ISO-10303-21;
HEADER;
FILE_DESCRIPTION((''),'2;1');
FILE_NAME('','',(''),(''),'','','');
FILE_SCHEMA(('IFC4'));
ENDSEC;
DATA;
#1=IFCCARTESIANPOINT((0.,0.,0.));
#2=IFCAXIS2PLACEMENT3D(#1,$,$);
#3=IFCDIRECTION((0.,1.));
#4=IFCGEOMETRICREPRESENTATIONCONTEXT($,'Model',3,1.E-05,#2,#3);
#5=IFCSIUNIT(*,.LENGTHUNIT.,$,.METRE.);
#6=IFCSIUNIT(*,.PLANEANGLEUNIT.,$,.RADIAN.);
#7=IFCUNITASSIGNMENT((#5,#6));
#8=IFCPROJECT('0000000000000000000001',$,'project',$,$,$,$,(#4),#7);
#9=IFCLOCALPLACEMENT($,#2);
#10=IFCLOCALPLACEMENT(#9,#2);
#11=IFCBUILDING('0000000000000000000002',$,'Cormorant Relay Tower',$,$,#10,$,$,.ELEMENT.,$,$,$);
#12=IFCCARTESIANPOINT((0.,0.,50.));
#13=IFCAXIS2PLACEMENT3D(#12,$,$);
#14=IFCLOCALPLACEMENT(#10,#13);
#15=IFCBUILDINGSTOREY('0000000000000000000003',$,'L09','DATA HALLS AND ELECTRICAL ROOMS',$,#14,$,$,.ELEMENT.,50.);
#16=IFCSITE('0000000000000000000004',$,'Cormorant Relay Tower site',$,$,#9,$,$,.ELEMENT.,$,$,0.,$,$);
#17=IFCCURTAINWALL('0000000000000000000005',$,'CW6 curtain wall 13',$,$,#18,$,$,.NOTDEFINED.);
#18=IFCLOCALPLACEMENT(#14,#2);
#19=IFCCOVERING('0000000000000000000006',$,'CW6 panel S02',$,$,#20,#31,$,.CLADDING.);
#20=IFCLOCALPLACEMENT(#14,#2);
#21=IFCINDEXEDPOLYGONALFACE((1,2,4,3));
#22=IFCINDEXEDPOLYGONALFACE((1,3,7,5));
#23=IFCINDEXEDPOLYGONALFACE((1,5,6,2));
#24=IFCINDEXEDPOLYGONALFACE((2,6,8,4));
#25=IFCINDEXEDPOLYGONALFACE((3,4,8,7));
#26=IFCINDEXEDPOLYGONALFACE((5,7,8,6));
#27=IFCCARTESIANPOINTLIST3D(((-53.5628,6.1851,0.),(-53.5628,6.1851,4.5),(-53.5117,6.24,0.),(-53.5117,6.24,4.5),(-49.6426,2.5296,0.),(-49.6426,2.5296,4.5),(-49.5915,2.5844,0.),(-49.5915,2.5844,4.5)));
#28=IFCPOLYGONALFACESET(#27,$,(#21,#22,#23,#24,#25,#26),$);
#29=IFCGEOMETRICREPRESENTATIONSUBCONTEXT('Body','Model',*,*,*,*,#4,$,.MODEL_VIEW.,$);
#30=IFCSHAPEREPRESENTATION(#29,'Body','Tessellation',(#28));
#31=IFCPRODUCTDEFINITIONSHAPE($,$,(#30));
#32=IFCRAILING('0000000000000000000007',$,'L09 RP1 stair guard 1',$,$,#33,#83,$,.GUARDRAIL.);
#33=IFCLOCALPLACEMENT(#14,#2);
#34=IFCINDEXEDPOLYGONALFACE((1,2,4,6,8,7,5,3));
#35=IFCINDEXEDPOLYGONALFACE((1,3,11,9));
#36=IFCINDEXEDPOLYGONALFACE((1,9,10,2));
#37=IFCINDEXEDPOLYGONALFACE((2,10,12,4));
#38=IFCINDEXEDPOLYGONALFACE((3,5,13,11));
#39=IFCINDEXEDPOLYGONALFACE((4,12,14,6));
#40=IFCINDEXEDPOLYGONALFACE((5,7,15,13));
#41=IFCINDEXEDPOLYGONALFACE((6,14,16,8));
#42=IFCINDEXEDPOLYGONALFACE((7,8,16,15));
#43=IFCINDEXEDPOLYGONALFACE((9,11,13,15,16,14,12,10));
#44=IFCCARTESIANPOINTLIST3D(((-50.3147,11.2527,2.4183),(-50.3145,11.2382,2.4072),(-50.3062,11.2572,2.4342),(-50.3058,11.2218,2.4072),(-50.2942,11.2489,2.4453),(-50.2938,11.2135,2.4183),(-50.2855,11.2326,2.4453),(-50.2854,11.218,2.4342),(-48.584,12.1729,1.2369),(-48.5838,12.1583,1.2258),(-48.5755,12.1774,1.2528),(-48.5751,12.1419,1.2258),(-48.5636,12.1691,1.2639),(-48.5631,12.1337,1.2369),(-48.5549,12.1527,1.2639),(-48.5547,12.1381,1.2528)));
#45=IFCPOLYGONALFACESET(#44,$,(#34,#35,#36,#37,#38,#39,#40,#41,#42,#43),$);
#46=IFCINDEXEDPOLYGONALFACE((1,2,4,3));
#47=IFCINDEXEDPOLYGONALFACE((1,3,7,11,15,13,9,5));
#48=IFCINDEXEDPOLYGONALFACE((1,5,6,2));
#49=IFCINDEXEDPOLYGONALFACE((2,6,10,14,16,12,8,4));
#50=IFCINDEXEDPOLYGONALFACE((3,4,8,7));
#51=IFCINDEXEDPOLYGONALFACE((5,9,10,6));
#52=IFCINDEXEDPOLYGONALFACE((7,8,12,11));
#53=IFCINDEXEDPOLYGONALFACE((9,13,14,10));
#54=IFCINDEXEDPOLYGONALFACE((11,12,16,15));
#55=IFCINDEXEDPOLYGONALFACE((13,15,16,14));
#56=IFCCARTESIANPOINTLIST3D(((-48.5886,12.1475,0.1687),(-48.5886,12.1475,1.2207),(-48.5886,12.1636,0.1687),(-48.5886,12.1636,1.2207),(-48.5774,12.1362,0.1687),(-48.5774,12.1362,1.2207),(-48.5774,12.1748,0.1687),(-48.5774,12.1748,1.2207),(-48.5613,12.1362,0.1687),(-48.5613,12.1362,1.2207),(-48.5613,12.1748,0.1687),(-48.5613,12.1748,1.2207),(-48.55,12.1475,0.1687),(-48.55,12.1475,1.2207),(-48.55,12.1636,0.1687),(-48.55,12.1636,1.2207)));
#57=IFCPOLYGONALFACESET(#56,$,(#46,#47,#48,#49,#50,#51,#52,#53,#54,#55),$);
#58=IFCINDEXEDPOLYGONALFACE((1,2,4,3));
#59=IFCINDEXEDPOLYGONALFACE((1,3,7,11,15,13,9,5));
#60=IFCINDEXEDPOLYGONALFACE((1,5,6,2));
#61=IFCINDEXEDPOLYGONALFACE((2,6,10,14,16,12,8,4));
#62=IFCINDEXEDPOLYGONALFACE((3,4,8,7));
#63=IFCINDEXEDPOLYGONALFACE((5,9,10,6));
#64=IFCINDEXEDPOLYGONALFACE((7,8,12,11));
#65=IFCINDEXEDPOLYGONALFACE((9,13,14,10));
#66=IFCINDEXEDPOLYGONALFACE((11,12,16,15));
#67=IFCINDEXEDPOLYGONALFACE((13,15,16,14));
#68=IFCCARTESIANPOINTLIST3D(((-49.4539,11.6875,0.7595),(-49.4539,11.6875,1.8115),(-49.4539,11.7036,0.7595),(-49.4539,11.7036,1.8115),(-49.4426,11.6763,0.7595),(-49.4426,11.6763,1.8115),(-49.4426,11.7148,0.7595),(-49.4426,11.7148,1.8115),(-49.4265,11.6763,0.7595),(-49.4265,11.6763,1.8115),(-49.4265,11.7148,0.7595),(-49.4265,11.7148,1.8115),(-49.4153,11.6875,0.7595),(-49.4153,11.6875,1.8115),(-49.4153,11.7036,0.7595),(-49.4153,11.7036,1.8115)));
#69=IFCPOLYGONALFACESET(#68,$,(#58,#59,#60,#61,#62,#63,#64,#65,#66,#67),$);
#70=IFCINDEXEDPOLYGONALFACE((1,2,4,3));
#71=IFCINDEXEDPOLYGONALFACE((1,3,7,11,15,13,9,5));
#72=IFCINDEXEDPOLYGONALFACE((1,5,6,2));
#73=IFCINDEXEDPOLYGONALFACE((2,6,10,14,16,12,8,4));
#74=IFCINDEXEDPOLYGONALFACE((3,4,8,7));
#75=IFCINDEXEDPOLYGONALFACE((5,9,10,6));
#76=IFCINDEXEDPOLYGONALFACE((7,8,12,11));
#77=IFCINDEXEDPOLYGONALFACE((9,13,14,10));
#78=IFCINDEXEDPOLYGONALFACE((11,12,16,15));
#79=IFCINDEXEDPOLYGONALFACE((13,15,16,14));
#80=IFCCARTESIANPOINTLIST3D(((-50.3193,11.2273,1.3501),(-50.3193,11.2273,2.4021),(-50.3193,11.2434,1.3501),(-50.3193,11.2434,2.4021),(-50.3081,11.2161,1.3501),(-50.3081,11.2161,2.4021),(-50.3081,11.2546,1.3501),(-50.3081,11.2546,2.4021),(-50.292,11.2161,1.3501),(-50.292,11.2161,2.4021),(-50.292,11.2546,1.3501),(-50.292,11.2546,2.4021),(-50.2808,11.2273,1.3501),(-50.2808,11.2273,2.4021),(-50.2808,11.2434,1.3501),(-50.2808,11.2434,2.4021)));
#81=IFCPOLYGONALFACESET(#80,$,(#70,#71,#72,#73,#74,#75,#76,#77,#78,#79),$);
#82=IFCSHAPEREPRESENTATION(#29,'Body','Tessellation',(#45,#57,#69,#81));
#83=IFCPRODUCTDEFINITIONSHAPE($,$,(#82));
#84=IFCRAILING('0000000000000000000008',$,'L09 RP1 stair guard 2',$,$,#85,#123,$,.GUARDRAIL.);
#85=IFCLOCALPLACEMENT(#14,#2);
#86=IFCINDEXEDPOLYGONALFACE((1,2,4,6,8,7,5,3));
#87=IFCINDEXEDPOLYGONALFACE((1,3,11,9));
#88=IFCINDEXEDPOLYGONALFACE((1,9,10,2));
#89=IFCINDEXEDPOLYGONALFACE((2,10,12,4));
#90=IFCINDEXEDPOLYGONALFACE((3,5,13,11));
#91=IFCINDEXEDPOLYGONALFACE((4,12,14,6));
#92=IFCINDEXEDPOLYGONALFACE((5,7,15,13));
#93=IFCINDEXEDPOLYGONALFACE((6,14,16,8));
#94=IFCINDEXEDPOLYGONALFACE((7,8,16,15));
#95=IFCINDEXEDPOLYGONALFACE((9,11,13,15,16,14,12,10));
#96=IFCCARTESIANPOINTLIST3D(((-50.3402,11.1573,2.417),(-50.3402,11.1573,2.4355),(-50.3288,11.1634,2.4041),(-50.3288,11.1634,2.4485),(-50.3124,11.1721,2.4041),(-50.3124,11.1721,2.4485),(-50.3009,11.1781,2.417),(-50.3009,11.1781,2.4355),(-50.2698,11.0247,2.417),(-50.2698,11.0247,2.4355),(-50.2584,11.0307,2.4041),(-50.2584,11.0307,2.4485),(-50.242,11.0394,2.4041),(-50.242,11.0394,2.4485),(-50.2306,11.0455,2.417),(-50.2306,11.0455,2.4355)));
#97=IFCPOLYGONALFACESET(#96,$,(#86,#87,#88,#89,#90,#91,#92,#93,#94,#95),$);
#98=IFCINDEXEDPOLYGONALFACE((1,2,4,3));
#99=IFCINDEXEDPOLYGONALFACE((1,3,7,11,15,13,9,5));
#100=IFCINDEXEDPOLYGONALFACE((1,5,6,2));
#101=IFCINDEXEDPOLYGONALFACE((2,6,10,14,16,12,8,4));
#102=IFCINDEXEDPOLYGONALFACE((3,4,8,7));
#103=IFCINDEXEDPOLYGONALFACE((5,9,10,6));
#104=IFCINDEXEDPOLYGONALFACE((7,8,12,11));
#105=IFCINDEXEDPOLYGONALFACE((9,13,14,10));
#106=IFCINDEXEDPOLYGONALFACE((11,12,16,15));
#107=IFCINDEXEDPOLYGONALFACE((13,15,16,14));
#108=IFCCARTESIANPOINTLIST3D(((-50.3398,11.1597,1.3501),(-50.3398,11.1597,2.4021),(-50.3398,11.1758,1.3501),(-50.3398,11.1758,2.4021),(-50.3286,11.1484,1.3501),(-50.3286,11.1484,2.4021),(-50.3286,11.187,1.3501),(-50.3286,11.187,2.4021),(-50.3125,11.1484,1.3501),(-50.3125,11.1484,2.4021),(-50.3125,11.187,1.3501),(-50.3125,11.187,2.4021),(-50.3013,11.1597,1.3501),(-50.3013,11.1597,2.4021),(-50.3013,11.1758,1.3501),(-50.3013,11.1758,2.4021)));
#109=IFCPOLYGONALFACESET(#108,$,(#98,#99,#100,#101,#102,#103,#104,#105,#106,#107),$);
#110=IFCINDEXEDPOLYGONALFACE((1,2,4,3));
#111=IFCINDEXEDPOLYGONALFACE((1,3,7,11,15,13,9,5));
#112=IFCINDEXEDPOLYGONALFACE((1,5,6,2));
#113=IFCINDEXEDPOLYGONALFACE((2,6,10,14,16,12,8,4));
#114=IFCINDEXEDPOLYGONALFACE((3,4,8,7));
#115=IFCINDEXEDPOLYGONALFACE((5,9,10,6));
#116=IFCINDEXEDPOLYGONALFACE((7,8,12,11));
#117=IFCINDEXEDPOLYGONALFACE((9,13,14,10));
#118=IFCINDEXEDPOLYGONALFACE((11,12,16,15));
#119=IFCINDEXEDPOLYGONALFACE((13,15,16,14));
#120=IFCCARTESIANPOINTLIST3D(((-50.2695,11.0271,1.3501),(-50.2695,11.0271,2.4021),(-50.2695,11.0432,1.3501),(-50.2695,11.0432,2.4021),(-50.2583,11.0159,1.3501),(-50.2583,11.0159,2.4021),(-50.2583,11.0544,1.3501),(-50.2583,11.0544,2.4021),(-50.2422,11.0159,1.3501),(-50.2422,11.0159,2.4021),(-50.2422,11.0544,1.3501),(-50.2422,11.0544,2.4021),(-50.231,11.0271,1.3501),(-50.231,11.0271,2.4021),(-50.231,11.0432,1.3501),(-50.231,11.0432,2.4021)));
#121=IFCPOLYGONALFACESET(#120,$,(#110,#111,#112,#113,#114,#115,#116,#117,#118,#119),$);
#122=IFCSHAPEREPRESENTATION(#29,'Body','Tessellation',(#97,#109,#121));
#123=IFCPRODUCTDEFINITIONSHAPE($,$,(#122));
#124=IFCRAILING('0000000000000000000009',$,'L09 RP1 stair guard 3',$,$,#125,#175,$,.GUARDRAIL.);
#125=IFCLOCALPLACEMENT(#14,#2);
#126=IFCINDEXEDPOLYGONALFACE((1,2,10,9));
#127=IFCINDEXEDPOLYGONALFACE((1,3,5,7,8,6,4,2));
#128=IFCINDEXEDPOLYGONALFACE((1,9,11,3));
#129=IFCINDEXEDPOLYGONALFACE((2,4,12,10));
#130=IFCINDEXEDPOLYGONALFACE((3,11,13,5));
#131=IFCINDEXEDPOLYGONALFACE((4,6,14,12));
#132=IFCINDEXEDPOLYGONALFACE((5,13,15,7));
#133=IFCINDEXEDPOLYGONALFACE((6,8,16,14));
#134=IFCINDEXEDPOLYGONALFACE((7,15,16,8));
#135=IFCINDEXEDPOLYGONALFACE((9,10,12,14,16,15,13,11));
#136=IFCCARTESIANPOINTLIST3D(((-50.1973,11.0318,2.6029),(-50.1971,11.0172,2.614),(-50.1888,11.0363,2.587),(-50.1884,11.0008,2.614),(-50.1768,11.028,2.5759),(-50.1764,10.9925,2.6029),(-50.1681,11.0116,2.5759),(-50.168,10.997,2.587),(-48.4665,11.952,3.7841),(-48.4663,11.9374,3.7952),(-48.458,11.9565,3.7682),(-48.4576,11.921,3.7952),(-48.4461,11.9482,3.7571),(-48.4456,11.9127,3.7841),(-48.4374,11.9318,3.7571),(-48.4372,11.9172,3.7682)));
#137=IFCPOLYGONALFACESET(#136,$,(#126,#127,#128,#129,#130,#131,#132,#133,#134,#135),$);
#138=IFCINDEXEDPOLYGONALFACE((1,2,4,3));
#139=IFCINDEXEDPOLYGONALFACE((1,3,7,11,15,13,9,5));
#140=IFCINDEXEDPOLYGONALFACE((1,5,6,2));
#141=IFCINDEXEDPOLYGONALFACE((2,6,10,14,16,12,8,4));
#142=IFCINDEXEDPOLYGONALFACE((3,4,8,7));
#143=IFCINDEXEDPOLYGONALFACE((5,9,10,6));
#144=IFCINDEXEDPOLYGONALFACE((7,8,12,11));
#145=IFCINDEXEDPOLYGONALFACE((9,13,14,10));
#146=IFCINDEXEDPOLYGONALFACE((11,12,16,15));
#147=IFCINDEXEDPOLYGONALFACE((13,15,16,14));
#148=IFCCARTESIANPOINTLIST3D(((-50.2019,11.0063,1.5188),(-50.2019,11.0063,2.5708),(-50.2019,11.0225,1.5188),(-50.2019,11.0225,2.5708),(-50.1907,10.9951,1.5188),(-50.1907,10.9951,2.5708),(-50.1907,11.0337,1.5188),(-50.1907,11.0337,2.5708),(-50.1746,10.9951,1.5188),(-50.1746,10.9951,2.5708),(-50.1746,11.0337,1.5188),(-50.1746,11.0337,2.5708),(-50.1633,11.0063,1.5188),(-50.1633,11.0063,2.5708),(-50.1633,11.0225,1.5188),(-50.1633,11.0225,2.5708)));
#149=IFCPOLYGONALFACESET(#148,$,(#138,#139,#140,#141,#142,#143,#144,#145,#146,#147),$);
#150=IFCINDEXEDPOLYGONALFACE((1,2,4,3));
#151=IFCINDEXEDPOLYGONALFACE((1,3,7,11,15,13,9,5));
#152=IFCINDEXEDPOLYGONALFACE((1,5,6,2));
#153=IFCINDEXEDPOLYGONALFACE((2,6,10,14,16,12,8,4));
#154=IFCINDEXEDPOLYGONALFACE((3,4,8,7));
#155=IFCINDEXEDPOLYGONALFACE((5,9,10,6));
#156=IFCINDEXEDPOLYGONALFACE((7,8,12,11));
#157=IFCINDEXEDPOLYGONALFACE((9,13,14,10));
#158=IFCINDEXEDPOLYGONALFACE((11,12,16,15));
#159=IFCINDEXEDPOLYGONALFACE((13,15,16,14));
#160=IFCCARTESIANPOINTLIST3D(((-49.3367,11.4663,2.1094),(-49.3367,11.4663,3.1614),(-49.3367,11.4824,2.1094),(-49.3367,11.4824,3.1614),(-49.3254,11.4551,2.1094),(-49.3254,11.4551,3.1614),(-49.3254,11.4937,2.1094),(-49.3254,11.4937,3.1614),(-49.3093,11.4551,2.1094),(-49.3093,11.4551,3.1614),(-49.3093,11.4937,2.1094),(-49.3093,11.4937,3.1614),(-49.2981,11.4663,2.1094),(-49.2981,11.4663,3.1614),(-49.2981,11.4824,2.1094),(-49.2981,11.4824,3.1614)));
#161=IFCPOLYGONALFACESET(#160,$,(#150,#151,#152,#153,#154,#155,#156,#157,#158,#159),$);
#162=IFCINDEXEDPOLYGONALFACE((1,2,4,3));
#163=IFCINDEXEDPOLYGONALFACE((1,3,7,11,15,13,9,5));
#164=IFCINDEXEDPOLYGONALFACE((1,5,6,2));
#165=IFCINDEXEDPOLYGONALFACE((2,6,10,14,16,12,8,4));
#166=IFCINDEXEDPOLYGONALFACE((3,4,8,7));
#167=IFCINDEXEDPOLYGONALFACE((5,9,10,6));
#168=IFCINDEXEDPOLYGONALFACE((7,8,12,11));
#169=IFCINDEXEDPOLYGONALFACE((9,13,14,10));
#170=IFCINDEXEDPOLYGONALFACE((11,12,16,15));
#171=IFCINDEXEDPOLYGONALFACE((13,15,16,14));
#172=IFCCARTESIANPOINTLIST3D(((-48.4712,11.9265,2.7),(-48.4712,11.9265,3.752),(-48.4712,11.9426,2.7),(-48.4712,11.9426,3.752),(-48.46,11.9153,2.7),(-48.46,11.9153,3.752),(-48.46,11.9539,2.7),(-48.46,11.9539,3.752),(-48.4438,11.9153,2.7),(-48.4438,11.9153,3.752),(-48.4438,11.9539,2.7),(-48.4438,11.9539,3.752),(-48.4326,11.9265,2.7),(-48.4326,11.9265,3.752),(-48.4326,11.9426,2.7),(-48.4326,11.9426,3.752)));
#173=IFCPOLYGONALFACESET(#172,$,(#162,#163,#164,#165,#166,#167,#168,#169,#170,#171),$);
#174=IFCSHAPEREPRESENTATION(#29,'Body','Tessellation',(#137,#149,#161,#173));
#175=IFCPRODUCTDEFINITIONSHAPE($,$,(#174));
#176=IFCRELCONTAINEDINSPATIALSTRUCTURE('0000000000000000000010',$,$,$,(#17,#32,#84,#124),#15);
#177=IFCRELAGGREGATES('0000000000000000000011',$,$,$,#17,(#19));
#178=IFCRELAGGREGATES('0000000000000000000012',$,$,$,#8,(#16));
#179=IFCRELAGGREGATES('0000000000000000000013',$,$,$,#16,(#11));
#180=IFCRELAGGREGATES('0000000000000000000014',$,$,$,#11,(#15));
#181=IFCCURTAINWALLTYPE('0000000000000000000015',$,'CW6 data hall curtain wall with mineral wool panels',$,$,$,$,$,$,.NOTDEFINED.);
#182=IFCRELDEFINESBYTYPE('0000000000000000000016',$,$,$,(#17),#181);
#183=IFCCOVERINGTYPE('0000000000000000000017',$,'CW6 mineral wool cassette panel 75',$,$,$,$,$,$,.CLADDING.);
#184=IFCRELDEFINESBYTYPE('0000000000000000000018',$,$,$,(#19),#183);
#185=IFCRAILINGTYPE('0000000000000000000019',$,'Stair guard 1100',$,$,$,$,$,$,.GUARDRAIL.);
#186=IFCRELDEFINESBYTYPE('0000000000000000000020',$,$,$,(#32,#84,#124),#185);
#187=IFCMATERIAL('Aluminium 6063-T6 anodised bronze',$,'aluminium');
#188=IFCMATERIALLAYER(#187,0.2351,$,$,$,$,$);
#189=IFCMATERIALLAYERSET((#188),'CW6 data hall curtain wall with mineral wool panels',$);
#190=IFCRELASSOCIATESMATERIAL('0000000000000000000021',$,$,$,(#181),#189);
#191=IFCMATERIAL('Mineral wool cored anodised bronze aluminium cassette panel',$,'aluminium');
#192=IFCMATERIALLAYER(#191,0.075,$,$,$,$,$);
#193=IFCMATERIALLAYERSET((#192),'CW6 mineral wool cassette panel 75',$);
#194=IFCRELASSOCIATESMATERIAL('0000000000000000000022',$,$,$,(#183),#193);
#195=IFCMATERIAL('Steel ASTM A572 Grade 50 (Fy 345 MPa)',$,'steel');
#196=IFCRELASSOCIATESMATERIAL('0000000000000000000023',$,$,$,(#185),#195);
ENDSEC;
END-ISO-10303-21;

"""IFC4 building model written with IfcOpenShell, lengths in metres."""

from ifc_helpers import new_model, si_unit, direction, frame, origin, origin_2d, place, context, subcontext, project, spatial, polyline, rectangle, outline, extrude, material, layer, layer_set, type_object, element, aggregate, save


model = new_model("IFC4")

# Units and contexts
model_context = context("Model", 3, precision=1e-05, world=origin(), true_north=direction((0.0, 1.0)))
body_context = subcontext(model_context, "Body", "Model", "MODEL_VIEW")
ifc_project = project(units=[si_unit("LENGTHUNIT", "METRE"), si_unit("PLANEANGLEUNIT", "RADIAN")], contexts=[model_context])

# Site, building, storey
site_placement = place(None, origin())
site = spatial("IfcSite", under=ifc_project, at=site_placement, Name="Cormorant Relay Tower site", CompositionType="ELEMENT", RefElevation=0.0)
building_placement = place(site_placement, origin())
building = spatial("IfcBuilding", under=site, at=building_placement, Name="Cormorant Relay Tower", CompositionType="ELEMENT")
storey_placement = place(building_placement, frame((0.0, 0.0, 50.0)))
storey = spatial("IfcBuildingStorey", under=building, at=storey_placement, Name="L09", Description="DATA HALLS AND ELECTRICAL ROOMS", CompositionType="ELEMENT", Elevation=50.0)

# Curtain wall
ifc_material_1 = material(Name="Aluminium 6063-T6 anodised bronze", Category="aluminium")
ifc_layer_1 = layer(ifc_material_1, 0.2351)
ifc_layer_set_1 = layer_set([ifc_layer_1], Name="CW6 data hall curtain wall with mineral wool panels")
curtain_wall_type = type_object("IfcCurtainWallType", Name="CW6 data hall curtain wall with mineral wool panels", PredefinedType="NOTDEFINED", material=ifc_layer_set_1)
curtain_wall_1_placement = place(storey_placement, origin())
curtain_wall_1 = element("IfcCurtainWall", 1, at=curtain_wall_1_placement, inside=storey, type_object=curtain_wall_type, Name="CW6 curtain wall 13", PredefinedType="NOTDEFINED")

# Covering
ifc_material_2 = material(Name="Mineral wool cored anodised bronze aluminium cassette panel", Category="aluminium")
ifc_layer_2 = layer(ifc_material_2, 0.075)
ifc_layer_set_2 = layer_set([ifc_layer_2], Name="CW6 mineral wool cassette panel 75")
covering_type = type_object("IfcCoveringType", Name="CW6 mineral wool cassette panel 75", PredefinedType="CLADDING", material=ifc_layer_set_2)
covering_1_placement = place(storey_placement, frame((-51.5771, 4.3848, 0.0), z_axis=(0.0, 0.0, 1.0), x_axis=(0.731354, -0.681998, 0.0)))
covering_1 = element("IfcCovering", 2, at=covering_1_placement, type_object=covering_type, Name="CW6 panel S02", PredefinedType="CLADDING", context=body_context, shape_type="SweptSolid", body=[
    extrude(rectangle(XDim=5.3601, YDim=0.075, at=origin_2d()), origin(), (0.0, 0.0, 1.0), 4.5),
])
aggregate(curtain_wall_1, [covering_1])

# Railings
ifc_material_3 = material(Name="Steel ASTM A572 Grade 50 (Fy 345 MPa)", Category="steel")
railing_type_1 = type_object("IfcRailingType", Name="Stair guard 1100", PredefinedType="GUARDRAIL", material=ifc_material_3)
railing_1_placement = place(storey_placement, frame((-48.5693, 12.1555, 0.1687)))
element("IfcRailing", 3, at=railing_1_placement, inside=storey, type_object=railing_type_1, Name="L09 RP1 stair guard 1", PredefinedType="GUARDRAIL", context=body_context, shape_type="SweptSolid", body=[
    extrude(outline(polyline([(0.0222, 0.0093), (0.0093, 0.0222), (-0.0093, 0.0222), (-0.0222, 0.0093), (-0.0222, -0.0093), (-0.0093, -0.0222), (0.0093, -0.0222), (0.0222, -0.0093), (0.0222, 0.0093)])), frame((0.0, 0.0, 1.0762), z_axis=(-0.756226, -0.402062, 0.516205), x_axis=(0.469444, -0.882962, 0.0)), (0.0, 0.0, 1.0), 2.2886),
    extrude(outline(polyline([(0.0193, 0.0081), (0.0081, 0.0193), (-0.0081, 0.0193), (-0.0193, 0.0081), (-0.0193, -0.0081), (-0.0081, -0.0193), (0.0081, -0.0193), (0.0193, -0.0081), (0.0193, 0.0081)])), origin(), (0.0, 0.0, 1.0), 1.052),
    extrude(outline(polyline([(0.0193, 0.0081), (0.0081, 0.0193), (-0.0081, 0.0193), (-0.0193, 0.0081), (-0.0193, -0.0081), (-0.0081, -0.0193), (0.0081, -0.0193), (0.0193, -0.0081), (0.0193, 0.0081)])), frame((-0.8652, -0.46, 0.5908)), (0.0, 0.0, 1.0), 1.052),
    extrude(outline(polyline([(0.0193, 0.0081), (0.0081, 0.0193), (-0.0081, 0.0193), (-0.0193, 0.0081), (-0.0193, -0.0081), (-0.0081, -0.0193), (0.0081, -0.0193), (0.0193, -0.0081), (0.0193, 0.0081)])), frame((-1.7307, -0.9202, 1.1814)), (0.0, 0.0, 1.0), 1.052),
])
railing_2_placement = place(storey_placement, frame((-50.3206, 11.1677, 1.3501)))
element("IfcRailing", 4, at=railing_2_placement, inside=storey, type_object=railing_type_1, Name="L09 RP1 stair guard 2", PredefinedType="GUARDRAIL", context=body_context, shape_type="SweptSolid", body=[
    extrude(outline(polyline([(0.0222, 0.0093), (0.0093, 0.0222), (-0.0093, 0.0222), (-0.0222, 0.0093), (-0.0222, -0.0093), (-0.0093, -0.0222), (0.0093, -0.0222), (0.0222, -0.0093), (0.0222, 0.0093)])), frame((0.0, 0.0, 1.0762), z_axis=(0.46856, -0.883431, 0.0), x_axis=(0.883431, 0.46856, 0.0)), (0.0, 0.0, 1.0), 0.1501),
    extrude(outline(polyline([(0.0193, 0.0081), (0.0081, 0.0193), (-0.0081, 0.0193), (-0.0193, 0.0081), (-0.0193, -0.0081), (-0.0081, -0.0193), (0.0081, -0.0193), (0.0193, -0.0081), (0.0193, 0.0081)])), origin(), (0.0, 0.0, 1.0), 1.052),
    extrude(outline(polyline([(0.0193, 0.0081), (0.0081, 0.0193), (-0.0081, 0.0193), (-0.0193, 0.0081), (-0.0193, -0.0081), (-0.0081, -0.0193), (0.0081, -0.0193), (0.0193, -0.0081), (0.0193, 0.0081)])), frame((0.0703, -0.1326, 0.0)), (0.0, 0.0, 1.0), 1.052),
])
railing_3_placement = place(storey_placement, frame((-50.1826, 11.0144, 1.5188)))
element("IfcRailing", 5, at=railing_3_placement, inside=storey, type_object=railing_type_1, Name="L09 RP1 stair guard 3", PredefinedType="GUARDRAIL", context=body_context, shape_type="SweptSolid", body=[
    extrude(outline(polyline([(0.0222, 0.0093), (0.0093, 0.0222), (-0.0093, 0.0222), (-0.0222, 0.0093), (-0.0222, -0.0093), (-0.0093, -0.0222), (0.0093, -0.0222), (0.0222, -0.0093), (0.0222, 0.0093)])), frame((0.0, 0.0, 1.0762), z_axis=(0.756268, 0.402084, 0.516127), x_axis=(-0.469444, 0.882962, 0.0)), (0.0, 0.0, 1.0), 2.2886),
    extrude(outline(polyline([(0.0193, 0.0081), (0.0081, 0.0193), (-0.0081, 0.0193), (-0.0193, 0.0081), (-0.0193, -0.0081), (-0.0081, -0.0193), (0.0081, -0.0193), (0.0193, -0.0081), (0.0193, 0.0081)])), origin(), (0.0, 0.0, 1.0), 1.052),
    extrude(outline(polyline([(0.0193, 0.0081), (0.0081, 0.0193), (-0.0081, 0.0193), (-0.0193, 0.0081), (-0.0193, -0.0081), (-0.0081, -0.0193), (0.0081, -0.0193), (0.0193, -0.0081), (0.0193, 0.0081)])), frame((0.8652, 0.46, 0.5906)), (0.0, 0.0, 1.0), 1.052),
    extrude(outline(polyline([(0.0193, 0.0081), (0.0081, 0.0193), (-0.0081, 0.0193), (-0.0193, 0.0081), (-0.0193, -0.0081), (-0.0081, -0.0193), (0.0081, -0.0193), (0.0193, -0.0081), (0.0193, 0.0081)])), frame((1.7307, 0.9202, 1.1812)), (0.0, 0.0, 1.0), 1.052),
])

save(model, "model.ifc")
